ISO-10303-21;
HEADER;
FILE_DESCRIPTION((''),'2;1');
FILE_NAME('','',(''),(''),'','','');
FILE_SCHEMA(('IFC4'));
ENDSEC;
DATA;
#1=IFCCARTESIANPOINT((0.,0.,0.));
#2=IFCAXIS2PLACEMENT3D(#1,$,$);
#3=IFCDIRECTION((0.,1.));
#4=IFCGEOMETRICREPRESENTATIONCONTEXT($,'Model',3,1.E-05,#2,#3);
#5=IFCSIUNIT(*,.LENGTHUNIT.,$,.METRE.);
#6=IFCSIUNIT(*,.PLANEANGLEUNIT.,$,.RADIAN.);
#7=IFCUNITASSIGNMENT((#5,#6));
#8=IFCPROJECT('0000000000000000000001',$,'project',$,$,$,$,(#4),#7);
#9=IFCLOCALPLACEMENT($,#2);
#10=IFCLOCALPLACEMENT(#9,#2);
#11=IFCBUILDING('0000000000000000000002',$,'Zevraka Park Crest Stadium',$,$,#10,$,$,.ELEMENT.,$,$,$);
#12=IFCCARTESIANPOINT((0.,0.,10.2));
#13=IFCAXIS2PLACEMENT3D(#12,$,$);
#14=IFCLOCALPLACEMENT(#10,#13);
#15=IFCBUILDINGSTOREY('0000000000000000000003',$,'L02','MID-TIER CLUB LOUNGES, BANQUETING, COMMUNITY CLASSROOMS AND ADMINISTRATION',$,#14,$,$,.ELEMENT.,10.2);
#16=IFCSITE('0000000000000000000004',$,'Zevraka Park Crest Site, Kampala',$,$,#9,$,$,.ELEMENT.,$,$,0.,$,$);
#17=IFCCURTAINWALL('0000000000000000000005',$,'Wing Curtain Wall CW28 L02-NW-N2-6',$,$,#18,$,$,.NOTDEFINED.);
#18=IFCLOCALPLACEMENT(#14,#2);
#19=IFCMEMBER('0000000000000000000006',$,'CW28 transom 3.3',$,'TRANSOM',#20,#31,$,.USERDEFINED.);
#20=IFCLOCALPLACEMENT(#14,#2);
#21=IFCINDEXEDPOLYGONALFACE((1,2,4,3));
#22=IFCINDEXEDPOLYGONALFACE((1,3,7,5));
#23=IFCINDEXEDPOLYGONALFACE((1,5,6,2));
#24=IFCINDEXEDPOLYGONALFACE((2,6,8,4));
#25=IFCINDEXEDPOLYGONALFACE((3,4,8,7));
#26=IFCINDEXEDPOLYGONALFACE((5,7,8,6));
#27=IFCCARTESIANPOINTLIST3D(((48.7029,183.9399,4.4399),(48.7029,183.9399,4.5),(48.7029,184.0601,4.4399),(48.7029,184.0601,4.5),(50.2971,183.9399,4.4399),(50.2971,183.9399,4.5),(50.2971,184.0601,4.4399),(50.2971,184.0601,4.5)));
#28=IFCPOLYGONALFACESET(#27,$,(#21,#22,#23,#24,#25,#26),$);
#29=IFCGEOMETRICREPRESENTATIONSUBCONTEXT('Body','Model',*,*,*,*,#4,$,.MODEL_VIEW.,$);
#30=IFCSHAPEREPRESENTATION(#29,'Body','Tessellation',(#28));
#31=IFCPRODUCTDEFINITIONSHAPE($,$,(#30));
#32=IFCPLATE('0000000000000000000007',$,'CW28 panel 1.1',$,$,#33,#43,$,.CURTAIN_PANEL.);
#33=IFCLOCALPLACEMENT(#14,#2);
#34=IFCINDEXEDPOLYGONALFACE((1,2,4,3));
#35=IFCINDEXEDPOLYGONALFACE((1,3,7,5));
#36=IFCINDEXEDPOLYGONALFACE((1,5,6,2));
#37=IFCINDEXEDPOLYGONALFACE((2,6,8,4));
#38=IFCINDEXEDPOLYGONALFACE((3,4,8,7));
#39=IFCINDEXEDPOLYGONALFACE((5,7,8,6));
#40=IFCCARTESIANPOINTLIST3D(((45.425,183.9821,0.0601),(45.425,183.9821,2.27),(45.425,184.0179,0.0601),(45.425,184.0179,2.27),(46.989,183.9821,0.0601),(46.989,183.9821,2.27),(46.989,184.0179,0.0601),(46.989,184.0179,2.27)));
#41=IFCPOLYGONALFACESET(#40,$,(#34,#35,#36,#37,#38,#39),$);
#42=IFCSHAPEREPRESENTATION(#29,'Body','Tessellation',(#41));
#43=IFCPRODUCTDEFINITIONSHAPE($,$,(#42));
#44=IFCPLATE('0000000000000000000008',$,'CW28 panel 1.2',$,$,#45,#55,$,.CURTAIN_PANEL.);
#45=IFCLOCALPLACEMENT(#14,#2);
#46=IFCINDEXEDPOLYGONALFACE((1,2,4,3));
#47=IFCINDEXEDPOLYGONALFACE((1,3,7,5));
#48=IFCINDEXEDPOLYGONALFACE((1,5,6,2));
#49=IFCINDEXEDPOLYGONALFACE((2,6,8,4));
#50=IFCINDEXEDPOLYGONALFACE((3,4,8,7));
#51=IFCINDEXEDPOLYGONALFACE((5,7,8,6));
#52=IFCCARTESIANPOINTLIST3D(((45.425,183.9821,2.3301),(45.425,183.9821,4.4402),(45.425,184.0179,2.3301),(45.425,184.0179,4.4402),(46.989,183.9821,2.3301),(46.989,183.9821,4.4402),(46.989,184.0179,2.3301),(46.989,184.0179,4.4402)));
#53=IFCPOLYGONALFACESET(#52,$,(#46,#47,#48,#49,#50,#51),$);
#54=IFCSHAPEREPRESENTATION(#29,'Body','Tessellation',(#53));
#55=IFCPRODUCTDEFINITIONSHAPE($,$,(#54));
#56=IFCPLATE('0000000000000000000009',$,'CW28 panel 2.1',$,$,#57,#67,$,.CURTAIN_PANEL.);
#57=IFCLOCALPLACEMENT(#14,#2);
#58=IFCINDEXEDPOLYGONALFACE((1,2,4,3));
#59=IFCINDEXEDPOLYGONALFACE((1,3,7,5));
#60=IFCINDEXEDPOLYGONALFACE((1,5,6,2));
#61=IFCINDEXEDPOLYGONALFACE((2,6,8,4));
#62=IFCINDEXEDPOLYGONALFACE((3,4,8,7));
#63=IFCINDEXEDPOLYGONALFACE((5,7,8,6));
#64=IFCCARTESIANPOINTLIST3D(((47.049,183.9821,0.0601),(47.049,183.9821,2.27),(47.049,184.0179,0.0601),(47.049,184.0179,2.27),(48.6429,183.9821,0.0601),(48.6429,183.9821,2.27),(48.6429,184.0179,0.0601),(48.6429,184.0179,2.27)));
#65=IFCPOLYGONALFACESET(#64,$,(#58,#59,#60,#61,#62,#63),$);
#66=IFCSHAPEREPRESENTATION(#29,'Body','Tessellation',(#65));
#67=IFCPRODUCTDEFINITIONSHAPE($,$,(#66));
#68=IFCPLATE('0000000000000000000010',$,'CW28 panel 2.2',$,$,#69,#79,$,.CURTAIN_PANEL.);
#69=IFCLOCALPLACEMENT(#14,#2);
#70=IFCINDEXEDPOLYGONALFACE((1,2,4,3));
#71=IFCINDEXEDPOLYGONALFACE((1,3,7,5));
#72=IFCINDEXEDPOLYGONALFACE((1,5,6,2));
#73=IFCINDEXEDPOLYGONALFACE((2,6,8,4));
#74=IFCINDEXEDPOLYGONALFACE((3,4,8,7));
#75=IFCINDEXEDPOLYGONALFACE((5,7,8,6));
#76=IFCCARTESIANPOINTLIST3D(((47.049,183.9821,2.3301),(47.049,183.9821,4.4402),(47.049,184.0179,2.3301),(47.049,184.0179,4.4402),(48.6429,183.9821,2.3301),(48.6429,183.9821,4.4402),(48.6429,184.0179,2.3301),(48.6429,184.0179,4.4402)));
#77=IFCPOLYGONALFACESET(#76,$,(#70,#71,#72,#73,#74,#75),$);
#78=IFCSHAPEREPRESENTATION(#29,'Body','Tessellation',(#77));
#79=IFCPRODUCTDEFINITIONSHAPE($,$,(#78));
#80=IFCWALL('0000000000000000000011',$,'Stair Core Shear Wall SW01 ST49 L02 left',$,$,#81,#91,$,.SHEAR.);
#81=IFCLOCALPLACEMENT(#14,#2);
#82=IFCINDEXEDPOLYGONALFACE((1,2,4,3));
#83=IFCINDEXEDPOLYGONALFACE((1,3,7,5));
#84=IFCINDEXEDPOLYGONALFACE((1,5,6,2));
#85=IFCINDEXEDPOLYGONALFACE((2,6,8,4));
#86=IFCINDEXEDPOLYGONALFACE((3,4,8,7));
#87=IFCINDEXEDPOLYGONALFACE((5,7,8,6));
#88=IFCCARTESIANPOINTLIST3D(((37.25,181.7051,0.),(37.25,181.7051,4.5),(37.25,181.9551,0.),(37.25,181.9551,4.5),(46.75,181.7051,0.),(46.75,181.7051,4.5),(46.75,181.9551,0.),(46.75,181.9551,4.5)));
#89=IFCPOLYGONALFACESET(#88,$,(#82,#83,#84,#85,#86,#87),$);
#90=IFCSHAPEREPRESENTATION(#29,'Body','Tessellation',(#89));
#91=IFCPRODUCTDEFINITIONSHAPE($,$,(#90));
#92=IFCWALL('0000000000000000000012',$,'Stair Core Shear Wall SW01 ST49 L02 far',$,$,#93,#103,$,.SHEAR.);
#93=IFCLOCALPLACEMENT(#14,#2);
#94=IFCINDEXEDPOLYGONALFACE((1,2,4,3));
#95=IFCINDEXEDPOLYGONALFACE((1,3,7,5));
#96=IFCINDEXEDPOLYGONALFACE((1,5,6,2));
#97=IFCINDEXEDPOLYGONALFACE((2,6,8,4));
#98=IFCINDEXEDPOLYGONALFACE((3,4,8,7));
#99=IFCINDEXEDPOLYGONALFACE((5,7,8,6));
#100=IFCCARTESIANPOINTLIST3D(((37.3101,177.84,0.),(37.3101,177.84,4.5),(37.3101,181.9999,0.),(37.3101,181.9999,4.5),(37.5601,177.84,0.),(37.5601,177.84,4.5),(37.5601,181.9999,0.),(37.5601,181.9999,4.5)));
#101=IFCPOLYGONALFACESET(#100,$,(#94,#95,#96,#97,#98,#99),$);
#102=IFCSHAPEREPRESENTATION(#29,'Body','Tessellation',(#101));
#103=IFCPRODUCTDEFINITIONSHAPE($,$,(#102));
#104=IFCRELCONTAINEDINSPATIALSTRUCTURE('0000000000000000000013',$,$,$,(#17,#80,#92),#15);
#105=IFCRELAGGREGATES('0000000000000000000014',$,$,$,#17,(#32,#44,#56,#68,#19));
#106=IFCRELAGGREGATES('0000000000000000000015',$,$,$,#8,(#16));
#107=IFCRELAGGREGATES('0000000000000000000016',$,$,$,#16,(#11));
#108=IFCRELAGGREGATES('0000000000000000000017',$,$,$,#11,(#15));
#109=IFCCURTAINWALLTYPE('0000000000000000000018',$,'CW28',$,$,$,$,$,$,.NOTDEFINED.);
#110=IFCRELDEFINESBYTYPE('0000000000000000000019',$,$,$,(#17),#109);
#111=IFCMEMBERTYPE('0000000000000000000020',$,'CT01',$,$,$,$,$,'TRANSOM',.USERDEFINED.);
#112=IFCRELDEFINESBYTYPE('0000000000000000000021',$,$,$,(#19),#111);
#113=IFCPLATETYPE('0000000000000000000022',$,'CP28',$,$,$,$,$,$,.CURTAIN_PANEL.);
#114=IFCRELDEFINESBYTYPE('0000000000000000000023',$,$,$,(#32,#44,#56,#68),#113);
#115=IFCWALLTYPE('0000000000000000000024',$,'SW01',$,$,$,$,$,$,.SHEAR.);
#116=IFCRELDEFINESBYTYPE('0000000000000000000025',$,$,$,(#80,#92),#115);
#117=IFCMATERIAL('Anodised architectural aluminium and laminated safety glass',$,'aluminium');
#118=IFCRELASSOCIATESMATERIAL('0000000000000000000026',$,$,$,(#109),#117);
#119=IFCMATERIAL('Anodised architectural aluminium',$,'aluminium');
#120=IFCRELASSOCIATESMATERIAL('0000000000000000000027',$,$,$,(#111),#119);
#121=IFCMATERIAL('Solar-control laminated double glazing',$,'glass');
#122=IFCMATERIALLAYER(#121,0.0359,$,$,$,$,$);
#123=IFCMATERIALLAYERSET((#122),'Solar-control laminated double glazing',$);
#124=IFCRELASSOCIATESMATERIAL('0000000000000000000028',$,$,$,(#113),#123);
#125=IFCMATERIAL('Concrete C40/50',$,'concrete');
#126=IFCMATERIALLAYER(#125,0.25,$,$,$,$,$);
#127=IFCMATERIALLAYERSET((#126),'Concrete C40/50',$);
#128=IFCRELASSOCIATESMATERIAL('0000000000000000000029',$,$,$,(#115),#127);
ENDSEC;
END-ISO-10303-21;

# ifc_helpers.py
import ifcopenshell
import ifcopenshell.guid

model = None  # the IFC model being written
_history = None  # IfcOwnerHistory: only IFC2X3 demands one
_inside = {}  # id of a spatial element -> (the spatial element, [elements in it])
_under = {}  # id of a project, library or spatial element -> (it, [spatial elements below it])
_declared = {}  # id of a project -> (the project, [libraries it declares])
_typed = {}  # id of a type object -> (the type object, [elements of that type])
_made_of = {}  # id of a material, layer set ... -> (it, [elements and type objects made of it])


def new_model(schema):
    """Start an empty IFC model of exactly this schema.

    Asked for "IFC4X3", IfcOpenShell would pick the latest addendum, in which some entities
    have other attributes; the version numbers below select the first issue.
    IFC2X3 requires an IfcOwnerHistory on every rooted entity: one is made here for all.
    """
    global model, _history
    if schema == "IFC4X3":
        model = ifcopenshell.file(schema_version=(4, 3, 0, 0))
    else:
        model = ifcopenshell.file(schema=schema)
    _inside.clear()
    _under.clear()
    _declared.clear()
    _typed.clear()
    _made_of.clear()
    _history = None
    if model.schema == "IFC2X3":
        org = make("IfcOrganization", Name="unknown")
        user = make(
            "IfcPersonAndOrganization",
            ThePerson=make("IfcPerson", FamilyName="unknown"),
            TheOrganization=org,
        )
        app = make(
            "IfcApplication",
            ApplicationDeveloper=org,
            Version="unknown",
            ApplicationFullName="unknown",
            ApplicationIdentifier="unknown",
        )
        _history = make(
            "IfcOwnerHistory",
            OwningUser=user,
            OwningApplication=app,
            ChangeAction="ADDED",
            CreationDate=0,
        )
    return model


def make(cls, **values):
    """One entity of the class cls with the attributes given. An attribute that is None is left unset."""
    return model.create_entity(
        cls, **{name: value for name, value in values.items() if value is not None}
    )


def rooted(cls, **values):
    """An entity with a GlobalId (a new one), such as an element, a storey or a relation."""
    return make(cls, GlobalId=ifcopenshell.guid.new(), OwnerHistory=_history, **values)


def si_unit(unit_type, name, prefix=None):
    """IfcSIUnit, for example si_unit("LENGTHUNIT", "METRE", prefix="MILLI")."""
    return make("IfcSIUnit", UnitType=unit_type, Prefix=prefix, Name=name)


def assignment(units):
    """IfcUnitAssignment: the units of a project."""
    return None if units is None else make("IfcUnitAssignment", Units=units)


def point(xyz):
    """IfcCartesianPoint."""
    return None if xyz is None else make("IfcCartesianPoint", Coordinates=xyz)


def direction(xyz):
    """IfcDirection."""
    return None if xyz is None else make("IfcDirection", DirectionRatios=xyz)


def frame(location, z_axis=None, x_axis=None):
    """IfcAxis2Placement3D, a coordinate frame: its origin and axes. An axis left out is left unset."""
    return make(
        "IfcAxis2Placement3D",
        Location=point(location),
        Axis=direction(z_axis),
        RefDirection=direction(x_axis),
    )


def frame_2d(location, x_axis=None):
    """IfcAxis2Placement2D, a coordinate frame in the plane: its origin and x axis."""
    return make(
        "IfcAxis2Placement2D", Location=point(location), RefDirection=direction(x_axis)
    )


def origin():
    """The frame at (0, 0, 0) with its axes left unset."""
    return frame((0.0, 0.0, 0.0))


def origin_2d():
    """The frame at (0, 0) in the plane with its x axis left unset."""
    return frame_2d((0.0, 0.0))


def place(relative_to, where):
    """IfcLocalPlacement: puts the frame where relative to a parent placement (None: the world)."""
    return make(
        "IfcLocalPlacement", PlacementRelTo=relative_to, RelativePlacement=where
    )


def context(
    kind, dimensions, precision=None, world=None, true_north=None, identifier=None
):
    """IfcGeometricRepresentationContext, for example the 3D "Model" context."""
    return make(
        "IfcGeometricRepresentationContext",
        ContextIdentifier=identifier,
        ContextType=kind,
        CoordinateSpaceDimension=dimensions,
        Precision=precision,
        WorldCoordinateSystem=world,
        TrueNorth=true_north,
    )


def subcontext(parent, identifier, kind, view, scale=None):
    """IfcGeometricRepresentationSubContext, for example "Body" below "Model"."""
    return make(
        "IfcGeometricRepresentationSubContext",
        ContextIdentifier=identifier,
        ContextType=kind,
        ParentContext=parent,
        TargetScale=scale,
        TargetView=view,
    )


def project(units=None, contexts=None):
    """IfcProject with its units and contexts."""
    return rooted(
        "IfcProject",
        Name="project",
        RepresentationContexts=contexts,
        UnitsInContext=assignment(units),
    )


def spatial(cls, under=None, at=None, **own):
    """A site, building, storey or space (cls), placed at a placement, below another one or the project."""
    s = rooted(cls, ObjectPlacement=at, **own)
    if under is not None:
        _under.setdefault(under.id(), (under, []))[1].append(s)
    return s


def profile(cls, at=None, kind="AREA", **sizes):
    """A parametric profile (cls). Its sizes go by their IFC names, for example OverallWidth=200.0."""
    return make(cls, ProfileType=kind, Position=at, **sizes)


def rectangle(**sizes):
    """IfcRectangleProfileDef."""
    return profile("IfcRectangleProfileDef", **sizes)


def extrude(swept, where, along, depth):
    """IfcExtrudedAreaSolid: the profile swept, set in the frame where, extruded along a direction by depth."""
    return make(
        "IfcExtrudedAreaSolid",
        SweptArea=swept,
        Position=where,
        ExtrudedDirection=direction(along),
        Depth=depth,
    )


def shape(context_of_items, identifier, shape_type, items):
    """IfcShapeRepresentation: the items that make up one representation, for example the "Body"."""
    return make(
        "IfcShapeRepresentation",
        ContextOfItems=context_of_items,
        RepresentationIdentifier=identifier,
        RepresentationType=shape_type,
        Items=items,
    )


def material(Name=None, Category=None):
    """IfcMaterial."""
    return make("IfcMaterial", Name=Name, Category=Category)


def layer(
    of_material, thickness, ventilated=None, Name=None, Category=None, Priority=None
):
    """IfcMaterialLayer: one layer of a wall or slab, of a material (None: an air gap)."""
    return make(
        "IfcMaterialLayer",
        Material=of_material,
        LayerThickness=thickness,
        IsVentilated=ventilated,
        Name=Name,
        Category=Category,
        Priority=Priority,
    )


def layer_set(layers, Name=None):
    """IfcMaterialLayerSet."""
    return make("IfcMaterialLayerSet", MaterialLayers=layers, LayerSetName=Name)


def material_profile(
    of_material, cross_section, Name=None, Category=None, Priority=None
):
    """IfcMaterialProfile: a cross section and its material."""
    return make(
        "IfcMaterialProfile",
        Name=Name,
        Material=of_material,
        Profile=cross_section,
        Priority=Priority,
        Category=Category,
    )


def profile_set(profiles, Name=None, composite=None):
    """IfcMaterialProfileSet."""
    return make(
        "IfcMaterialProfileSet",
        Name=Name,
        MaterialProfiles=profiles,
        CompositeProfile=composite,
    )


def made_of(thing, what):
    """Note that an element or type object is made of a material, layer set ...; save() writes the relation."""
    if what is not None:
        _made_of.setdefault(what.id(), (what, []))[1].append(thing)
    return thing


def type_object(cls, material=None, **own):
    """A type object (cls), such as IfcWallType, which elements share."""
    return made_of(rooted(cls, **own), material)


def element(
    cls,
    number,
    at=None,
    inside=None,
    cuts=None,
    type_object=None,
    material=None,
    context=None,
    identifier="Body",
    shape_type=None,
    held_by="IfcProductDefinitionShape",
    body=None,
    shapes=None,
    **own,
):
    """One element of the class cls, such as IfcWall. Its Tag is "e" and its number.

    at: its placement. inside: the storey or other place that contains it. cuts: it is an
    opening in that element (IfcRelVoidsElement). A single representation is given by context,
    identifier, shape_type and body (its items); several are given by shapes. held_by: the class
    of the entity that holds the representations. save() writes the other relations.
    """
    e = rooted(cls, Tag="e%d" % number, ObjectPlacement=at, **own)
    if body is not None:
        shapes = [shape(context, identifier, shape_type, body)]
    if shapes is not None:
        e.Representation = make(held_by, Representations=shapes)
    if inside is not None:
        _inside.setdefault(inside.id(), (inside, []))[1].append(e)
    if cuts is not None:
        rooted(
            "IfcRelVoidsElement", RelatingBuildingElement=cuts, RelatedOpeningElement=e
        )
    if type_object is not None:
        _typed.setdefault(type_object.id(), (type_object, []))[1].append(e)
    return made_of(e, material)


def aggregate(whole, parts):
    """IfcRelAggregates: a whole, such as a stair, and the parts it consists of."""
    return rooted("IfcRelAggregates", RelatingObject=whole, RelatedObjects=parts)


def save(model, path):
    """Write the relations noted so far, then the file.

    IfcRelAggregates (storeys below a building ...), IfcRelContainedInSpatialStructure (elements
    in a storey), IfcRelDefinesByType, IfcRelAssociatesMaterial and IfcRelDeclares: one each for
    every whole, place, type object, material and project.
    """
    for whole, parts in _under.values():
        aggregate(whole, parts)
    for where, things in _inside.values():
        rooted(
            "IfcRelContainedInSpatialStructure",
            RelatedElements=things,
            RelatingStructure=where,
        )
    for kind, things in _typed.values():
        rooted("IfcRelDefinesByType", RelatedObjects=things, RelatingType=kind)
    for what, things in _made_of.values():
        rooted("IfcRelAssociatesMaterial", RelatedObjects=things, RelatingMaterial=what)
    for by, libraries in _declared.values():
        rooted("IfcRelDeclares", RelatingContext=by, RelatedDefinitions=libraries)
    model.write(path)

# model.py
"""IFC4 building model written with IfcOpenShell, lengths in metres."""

from ifc_helpers import new_model, si_unit, direction, frame, frame_2d, origin, origin_2d, place, context, subcontext, project, spatial, rectangle, extrude, material, layer, layer_set, material_profile, profile_set, type_object, element, aggregate, save


model = new_model("IFC4")

# Units and contexts
model_context = context("Model", 3, precision=1e-05, world=origin(), true_north=direction((0.0, 1.0)))
body_context = subcontext(model_context, "Body", "Model", "MODEL_VIEW")
ifc_project = project(units=[si_unit("LENGTHUNIT", "METRE"), si_unit("PLANEANGLEUNIT", "RADIAN")], contexts=[model_context])

# Site, building, storey
site_placement = place(None, origin())
site = spatial("IfcSite", under=ifc_project, at=site_placement, Name="Zevraka Park Crest Site, Kampala", CompositionType="ELEMENT", RefElevation=0.0)
building_placement = place(site_placement, origin())
building = spatial("IfcBuilding", under=site, at=building_placement, Name="Zevraka Park Crest Stadium", CompositionType="ELEMENT")
storey_placement = place(building_placement, frame((0.0, 0.0, 10.2)))
storey = spatial("IfcBuildingStorey", under=building, at=storey_placement, Name="L02", Description="MID-TIER CLUB LOUNGES, BANQUETING, COMMUNITY CLASSROOMS AND ADMINISTRATION", CompositionType="ELEMENT", Elevation=10.2)

# Curtain wall, member, plates
ifc_material_1 = material(Name="Anodised architectural aluminium and laminated safety glass", Category="aluminium")
curtain_wall_type = type_object("IfcCurtainWallType", Name="CW28", PredefinedType="NOTDEFINED", material=ifc_material_1)
curtain_wall_placement = place(storey_placement, origin())
curtain_wall = element("IfcCurtainWall", 1, at=curtain_wall_placement, inside=storey, type_object=curtain_wall_type, Name="Wing Curtain Wall CW28 L02-NW-N2-6", PredefinedType="NOTDEFINED")
ifc_material_2 = material(Name="Anodised architectural aluminium", Category="aluminium")
ifc_material_profile_1 = material_profile(ifc_material_2, rectangle(XDim=0.1201, YDim=0.0601, at=origin_2d()), Name="ALU TRANSOM 120x60")
ifc_profile_set_1 = profile_set([ifc_material_profile_1], Name="Anodised architectural aluminium")
member_type_1 = type_object("IfcMemberType", Name="CT01", ElementType="TRANSOM", PredefinedType="USERDEFINED", material=ifc_profile_set_1)
member_1_placement = place(storey_placement, frame((48.7029, 184.0, 4.47), z_axis=(1.0, 0.0, 0.0), x_axis=(0.0, 1.0, 0.0)))
member_1 = element("IfcMember", 2, at=member_1_placement, type_object=member_type_1, Name="CW28 transom 3.3", ObjectType="TRANSOM", PredefinedType="USERDEFINED", context=body_context, shape_type="SweptSolid", body=[
    extrude(rectangle(XDim=0.1201, YDim=0.0601, at=origin_2d()), origin(), (0.0, 0.0, 1.0), 1.5942),
])
ifc_material_3 = material(Name="Solar-control laminated double glazing", Category="glass")
ifc_layer_1 = layer(ifc_material_3, 0.0359)
ifc_layer_set_1 = layer_set([ifc_layer_1], Name="Solar-control laminated double glazing")
plate_type = type_object("IfcPlateType", Name="CP28", PredefinedType="CURTAIN_PANEL", material=ifc_layer_set_1)
plate_1_placement = place(storey_placement, frame((46.207, 184.0, 0.0601), z_axis=(0.0, 0.0, 1.0), x_axis=(1.0, 0.0, 0.0)))
plate_1 = element("IfcPlate", 3, at=plate_1_placement, type_object=plate_type, Name="CW28 panel 1.1", PredefinedType="CURTAIN_PANEL", context=body_context, shape_type="SweptSolid", body=[
    extrude(rectangle(XDim=1.564, YDim=0.0359, at=origin_2d()), origin(), (0.0, 0.0, 1.0), 2.21),
])
plate_2_placement = place(storey_placement, frame((46.207, 184.0, 2.3301), z_axis=(0.0, 0.0, 1.0), x_axis=(1.0, 0.0, 0.0)))
plate_2 = element("IfcPlate", 4, at=plate_2_placement, type_object=plate_type, Name="CW28 panel 1.2", PredefinedType="CURTAIN_PANEL", context=body_context, shape_type="SweptSolid", body=[
    extrude(rectangle(XDim=1.564, YDim=0.0359, at=origin_2d()), origin(), (0.0, 0.0, 1.0), 2.1101),
])
plate_3_placement = place(storey_placement, frame((47.8459, 184.0, 0.0601), z_axis=(0.0, 0.0, 1.0), x_axis=(1.0, 0.0, 0.0)))
plate_3 = element("IfcPlate", 5, at=plate_3_placement, type_object=plate_type, Name="CW28 panel 2.1", PredefinedType="CURTAIN_PANEL", context=body_context, shape_type="SweptSolid", body=[
    extrude(rectangle(XDim=1.594, YDim=0.0359, at=origin_2d()), origin(), (0.0, 0.0, 1.0), 2.21),
])
plate_4_placement = place(storey_placement, frame((47.8459, 184.0, 2.3301), z_axis=(0.0, 0.0, 1.0), x_axis=(1.0, 0.0, 0.0)))
plate_4 = element("IfcPlate", 6, at=plate_4_placement, type_object=plate_type, Name="CW28 panel 2.2", PredefinedType="CURTAIN_PANEL", context=body_context, shape_type="SweptSolid", body=[
    extrude(rectangle(XDim=1.594, YDim=0.0359, at=origin_2d()), origin(), (0.0, 0.0, 1.0), 2.1101),
])
aggregate(curtain_wall, [plate_1, plate_2, plate_3, plate_4, member_1])

# Walls
ifc_material_4 = material(Name="Concrete C40/50", Category="concrete")
ifc_layer_2 = layer(ifc_material_4, 0.25)
ifc_layer_set_2 = layer_set([ifc_layer_2], Name="Concrete C40/50")
wall_type = type_object("IfcWallType", Name="SW01", PredefinedType="SHEAR", material=ifc_layer_set_2)
wall_1_placement = place(storey_placement, frame((46.75, 181.8301, 0.0), z_axis=(0.0, 0.0, 1.0), x_axis=(-1.0, 0.0, 0.0)))
element("IfcWall", 7, at=wall_1_placement, inside=storey, type_object=wall_type, Name="Stair Core Shear Wall SW01 ST49 L02 left", PredefinedType="SHEAR", context=body_context, shape_type="SweptSolid", body=[
    extrude(rectangle(XDim=9.5, YDim=0.25, at=frame_2d((4.75, 0.0))), origin(), (0.0, 0.0, 1.0), 4.5),
])
wall_2_placement = place(storey_placement, frame((37.4351, 182.0, 0.0), z_axis=(0.0, 0.0, 1.0), x_axis=(0.0, -1.0, 0.0)))
element("IfcWall", 8, at=wall_2_placement, inside=storey, type_object=wall_type, Name="Stair Core Shear Wall SW01 ST49 L02 far", PredefinedType="SHEAR", context=body_context, shape_type="SweptSolid", body=[
    extrude(rectangle(XDim=4.1599, YDim=0.25, at=frame_2d((2.0801, 0.0))), origin(), (0.0, 0.0, 1.0), 4.5),
])

save(model, "model.ifc")
